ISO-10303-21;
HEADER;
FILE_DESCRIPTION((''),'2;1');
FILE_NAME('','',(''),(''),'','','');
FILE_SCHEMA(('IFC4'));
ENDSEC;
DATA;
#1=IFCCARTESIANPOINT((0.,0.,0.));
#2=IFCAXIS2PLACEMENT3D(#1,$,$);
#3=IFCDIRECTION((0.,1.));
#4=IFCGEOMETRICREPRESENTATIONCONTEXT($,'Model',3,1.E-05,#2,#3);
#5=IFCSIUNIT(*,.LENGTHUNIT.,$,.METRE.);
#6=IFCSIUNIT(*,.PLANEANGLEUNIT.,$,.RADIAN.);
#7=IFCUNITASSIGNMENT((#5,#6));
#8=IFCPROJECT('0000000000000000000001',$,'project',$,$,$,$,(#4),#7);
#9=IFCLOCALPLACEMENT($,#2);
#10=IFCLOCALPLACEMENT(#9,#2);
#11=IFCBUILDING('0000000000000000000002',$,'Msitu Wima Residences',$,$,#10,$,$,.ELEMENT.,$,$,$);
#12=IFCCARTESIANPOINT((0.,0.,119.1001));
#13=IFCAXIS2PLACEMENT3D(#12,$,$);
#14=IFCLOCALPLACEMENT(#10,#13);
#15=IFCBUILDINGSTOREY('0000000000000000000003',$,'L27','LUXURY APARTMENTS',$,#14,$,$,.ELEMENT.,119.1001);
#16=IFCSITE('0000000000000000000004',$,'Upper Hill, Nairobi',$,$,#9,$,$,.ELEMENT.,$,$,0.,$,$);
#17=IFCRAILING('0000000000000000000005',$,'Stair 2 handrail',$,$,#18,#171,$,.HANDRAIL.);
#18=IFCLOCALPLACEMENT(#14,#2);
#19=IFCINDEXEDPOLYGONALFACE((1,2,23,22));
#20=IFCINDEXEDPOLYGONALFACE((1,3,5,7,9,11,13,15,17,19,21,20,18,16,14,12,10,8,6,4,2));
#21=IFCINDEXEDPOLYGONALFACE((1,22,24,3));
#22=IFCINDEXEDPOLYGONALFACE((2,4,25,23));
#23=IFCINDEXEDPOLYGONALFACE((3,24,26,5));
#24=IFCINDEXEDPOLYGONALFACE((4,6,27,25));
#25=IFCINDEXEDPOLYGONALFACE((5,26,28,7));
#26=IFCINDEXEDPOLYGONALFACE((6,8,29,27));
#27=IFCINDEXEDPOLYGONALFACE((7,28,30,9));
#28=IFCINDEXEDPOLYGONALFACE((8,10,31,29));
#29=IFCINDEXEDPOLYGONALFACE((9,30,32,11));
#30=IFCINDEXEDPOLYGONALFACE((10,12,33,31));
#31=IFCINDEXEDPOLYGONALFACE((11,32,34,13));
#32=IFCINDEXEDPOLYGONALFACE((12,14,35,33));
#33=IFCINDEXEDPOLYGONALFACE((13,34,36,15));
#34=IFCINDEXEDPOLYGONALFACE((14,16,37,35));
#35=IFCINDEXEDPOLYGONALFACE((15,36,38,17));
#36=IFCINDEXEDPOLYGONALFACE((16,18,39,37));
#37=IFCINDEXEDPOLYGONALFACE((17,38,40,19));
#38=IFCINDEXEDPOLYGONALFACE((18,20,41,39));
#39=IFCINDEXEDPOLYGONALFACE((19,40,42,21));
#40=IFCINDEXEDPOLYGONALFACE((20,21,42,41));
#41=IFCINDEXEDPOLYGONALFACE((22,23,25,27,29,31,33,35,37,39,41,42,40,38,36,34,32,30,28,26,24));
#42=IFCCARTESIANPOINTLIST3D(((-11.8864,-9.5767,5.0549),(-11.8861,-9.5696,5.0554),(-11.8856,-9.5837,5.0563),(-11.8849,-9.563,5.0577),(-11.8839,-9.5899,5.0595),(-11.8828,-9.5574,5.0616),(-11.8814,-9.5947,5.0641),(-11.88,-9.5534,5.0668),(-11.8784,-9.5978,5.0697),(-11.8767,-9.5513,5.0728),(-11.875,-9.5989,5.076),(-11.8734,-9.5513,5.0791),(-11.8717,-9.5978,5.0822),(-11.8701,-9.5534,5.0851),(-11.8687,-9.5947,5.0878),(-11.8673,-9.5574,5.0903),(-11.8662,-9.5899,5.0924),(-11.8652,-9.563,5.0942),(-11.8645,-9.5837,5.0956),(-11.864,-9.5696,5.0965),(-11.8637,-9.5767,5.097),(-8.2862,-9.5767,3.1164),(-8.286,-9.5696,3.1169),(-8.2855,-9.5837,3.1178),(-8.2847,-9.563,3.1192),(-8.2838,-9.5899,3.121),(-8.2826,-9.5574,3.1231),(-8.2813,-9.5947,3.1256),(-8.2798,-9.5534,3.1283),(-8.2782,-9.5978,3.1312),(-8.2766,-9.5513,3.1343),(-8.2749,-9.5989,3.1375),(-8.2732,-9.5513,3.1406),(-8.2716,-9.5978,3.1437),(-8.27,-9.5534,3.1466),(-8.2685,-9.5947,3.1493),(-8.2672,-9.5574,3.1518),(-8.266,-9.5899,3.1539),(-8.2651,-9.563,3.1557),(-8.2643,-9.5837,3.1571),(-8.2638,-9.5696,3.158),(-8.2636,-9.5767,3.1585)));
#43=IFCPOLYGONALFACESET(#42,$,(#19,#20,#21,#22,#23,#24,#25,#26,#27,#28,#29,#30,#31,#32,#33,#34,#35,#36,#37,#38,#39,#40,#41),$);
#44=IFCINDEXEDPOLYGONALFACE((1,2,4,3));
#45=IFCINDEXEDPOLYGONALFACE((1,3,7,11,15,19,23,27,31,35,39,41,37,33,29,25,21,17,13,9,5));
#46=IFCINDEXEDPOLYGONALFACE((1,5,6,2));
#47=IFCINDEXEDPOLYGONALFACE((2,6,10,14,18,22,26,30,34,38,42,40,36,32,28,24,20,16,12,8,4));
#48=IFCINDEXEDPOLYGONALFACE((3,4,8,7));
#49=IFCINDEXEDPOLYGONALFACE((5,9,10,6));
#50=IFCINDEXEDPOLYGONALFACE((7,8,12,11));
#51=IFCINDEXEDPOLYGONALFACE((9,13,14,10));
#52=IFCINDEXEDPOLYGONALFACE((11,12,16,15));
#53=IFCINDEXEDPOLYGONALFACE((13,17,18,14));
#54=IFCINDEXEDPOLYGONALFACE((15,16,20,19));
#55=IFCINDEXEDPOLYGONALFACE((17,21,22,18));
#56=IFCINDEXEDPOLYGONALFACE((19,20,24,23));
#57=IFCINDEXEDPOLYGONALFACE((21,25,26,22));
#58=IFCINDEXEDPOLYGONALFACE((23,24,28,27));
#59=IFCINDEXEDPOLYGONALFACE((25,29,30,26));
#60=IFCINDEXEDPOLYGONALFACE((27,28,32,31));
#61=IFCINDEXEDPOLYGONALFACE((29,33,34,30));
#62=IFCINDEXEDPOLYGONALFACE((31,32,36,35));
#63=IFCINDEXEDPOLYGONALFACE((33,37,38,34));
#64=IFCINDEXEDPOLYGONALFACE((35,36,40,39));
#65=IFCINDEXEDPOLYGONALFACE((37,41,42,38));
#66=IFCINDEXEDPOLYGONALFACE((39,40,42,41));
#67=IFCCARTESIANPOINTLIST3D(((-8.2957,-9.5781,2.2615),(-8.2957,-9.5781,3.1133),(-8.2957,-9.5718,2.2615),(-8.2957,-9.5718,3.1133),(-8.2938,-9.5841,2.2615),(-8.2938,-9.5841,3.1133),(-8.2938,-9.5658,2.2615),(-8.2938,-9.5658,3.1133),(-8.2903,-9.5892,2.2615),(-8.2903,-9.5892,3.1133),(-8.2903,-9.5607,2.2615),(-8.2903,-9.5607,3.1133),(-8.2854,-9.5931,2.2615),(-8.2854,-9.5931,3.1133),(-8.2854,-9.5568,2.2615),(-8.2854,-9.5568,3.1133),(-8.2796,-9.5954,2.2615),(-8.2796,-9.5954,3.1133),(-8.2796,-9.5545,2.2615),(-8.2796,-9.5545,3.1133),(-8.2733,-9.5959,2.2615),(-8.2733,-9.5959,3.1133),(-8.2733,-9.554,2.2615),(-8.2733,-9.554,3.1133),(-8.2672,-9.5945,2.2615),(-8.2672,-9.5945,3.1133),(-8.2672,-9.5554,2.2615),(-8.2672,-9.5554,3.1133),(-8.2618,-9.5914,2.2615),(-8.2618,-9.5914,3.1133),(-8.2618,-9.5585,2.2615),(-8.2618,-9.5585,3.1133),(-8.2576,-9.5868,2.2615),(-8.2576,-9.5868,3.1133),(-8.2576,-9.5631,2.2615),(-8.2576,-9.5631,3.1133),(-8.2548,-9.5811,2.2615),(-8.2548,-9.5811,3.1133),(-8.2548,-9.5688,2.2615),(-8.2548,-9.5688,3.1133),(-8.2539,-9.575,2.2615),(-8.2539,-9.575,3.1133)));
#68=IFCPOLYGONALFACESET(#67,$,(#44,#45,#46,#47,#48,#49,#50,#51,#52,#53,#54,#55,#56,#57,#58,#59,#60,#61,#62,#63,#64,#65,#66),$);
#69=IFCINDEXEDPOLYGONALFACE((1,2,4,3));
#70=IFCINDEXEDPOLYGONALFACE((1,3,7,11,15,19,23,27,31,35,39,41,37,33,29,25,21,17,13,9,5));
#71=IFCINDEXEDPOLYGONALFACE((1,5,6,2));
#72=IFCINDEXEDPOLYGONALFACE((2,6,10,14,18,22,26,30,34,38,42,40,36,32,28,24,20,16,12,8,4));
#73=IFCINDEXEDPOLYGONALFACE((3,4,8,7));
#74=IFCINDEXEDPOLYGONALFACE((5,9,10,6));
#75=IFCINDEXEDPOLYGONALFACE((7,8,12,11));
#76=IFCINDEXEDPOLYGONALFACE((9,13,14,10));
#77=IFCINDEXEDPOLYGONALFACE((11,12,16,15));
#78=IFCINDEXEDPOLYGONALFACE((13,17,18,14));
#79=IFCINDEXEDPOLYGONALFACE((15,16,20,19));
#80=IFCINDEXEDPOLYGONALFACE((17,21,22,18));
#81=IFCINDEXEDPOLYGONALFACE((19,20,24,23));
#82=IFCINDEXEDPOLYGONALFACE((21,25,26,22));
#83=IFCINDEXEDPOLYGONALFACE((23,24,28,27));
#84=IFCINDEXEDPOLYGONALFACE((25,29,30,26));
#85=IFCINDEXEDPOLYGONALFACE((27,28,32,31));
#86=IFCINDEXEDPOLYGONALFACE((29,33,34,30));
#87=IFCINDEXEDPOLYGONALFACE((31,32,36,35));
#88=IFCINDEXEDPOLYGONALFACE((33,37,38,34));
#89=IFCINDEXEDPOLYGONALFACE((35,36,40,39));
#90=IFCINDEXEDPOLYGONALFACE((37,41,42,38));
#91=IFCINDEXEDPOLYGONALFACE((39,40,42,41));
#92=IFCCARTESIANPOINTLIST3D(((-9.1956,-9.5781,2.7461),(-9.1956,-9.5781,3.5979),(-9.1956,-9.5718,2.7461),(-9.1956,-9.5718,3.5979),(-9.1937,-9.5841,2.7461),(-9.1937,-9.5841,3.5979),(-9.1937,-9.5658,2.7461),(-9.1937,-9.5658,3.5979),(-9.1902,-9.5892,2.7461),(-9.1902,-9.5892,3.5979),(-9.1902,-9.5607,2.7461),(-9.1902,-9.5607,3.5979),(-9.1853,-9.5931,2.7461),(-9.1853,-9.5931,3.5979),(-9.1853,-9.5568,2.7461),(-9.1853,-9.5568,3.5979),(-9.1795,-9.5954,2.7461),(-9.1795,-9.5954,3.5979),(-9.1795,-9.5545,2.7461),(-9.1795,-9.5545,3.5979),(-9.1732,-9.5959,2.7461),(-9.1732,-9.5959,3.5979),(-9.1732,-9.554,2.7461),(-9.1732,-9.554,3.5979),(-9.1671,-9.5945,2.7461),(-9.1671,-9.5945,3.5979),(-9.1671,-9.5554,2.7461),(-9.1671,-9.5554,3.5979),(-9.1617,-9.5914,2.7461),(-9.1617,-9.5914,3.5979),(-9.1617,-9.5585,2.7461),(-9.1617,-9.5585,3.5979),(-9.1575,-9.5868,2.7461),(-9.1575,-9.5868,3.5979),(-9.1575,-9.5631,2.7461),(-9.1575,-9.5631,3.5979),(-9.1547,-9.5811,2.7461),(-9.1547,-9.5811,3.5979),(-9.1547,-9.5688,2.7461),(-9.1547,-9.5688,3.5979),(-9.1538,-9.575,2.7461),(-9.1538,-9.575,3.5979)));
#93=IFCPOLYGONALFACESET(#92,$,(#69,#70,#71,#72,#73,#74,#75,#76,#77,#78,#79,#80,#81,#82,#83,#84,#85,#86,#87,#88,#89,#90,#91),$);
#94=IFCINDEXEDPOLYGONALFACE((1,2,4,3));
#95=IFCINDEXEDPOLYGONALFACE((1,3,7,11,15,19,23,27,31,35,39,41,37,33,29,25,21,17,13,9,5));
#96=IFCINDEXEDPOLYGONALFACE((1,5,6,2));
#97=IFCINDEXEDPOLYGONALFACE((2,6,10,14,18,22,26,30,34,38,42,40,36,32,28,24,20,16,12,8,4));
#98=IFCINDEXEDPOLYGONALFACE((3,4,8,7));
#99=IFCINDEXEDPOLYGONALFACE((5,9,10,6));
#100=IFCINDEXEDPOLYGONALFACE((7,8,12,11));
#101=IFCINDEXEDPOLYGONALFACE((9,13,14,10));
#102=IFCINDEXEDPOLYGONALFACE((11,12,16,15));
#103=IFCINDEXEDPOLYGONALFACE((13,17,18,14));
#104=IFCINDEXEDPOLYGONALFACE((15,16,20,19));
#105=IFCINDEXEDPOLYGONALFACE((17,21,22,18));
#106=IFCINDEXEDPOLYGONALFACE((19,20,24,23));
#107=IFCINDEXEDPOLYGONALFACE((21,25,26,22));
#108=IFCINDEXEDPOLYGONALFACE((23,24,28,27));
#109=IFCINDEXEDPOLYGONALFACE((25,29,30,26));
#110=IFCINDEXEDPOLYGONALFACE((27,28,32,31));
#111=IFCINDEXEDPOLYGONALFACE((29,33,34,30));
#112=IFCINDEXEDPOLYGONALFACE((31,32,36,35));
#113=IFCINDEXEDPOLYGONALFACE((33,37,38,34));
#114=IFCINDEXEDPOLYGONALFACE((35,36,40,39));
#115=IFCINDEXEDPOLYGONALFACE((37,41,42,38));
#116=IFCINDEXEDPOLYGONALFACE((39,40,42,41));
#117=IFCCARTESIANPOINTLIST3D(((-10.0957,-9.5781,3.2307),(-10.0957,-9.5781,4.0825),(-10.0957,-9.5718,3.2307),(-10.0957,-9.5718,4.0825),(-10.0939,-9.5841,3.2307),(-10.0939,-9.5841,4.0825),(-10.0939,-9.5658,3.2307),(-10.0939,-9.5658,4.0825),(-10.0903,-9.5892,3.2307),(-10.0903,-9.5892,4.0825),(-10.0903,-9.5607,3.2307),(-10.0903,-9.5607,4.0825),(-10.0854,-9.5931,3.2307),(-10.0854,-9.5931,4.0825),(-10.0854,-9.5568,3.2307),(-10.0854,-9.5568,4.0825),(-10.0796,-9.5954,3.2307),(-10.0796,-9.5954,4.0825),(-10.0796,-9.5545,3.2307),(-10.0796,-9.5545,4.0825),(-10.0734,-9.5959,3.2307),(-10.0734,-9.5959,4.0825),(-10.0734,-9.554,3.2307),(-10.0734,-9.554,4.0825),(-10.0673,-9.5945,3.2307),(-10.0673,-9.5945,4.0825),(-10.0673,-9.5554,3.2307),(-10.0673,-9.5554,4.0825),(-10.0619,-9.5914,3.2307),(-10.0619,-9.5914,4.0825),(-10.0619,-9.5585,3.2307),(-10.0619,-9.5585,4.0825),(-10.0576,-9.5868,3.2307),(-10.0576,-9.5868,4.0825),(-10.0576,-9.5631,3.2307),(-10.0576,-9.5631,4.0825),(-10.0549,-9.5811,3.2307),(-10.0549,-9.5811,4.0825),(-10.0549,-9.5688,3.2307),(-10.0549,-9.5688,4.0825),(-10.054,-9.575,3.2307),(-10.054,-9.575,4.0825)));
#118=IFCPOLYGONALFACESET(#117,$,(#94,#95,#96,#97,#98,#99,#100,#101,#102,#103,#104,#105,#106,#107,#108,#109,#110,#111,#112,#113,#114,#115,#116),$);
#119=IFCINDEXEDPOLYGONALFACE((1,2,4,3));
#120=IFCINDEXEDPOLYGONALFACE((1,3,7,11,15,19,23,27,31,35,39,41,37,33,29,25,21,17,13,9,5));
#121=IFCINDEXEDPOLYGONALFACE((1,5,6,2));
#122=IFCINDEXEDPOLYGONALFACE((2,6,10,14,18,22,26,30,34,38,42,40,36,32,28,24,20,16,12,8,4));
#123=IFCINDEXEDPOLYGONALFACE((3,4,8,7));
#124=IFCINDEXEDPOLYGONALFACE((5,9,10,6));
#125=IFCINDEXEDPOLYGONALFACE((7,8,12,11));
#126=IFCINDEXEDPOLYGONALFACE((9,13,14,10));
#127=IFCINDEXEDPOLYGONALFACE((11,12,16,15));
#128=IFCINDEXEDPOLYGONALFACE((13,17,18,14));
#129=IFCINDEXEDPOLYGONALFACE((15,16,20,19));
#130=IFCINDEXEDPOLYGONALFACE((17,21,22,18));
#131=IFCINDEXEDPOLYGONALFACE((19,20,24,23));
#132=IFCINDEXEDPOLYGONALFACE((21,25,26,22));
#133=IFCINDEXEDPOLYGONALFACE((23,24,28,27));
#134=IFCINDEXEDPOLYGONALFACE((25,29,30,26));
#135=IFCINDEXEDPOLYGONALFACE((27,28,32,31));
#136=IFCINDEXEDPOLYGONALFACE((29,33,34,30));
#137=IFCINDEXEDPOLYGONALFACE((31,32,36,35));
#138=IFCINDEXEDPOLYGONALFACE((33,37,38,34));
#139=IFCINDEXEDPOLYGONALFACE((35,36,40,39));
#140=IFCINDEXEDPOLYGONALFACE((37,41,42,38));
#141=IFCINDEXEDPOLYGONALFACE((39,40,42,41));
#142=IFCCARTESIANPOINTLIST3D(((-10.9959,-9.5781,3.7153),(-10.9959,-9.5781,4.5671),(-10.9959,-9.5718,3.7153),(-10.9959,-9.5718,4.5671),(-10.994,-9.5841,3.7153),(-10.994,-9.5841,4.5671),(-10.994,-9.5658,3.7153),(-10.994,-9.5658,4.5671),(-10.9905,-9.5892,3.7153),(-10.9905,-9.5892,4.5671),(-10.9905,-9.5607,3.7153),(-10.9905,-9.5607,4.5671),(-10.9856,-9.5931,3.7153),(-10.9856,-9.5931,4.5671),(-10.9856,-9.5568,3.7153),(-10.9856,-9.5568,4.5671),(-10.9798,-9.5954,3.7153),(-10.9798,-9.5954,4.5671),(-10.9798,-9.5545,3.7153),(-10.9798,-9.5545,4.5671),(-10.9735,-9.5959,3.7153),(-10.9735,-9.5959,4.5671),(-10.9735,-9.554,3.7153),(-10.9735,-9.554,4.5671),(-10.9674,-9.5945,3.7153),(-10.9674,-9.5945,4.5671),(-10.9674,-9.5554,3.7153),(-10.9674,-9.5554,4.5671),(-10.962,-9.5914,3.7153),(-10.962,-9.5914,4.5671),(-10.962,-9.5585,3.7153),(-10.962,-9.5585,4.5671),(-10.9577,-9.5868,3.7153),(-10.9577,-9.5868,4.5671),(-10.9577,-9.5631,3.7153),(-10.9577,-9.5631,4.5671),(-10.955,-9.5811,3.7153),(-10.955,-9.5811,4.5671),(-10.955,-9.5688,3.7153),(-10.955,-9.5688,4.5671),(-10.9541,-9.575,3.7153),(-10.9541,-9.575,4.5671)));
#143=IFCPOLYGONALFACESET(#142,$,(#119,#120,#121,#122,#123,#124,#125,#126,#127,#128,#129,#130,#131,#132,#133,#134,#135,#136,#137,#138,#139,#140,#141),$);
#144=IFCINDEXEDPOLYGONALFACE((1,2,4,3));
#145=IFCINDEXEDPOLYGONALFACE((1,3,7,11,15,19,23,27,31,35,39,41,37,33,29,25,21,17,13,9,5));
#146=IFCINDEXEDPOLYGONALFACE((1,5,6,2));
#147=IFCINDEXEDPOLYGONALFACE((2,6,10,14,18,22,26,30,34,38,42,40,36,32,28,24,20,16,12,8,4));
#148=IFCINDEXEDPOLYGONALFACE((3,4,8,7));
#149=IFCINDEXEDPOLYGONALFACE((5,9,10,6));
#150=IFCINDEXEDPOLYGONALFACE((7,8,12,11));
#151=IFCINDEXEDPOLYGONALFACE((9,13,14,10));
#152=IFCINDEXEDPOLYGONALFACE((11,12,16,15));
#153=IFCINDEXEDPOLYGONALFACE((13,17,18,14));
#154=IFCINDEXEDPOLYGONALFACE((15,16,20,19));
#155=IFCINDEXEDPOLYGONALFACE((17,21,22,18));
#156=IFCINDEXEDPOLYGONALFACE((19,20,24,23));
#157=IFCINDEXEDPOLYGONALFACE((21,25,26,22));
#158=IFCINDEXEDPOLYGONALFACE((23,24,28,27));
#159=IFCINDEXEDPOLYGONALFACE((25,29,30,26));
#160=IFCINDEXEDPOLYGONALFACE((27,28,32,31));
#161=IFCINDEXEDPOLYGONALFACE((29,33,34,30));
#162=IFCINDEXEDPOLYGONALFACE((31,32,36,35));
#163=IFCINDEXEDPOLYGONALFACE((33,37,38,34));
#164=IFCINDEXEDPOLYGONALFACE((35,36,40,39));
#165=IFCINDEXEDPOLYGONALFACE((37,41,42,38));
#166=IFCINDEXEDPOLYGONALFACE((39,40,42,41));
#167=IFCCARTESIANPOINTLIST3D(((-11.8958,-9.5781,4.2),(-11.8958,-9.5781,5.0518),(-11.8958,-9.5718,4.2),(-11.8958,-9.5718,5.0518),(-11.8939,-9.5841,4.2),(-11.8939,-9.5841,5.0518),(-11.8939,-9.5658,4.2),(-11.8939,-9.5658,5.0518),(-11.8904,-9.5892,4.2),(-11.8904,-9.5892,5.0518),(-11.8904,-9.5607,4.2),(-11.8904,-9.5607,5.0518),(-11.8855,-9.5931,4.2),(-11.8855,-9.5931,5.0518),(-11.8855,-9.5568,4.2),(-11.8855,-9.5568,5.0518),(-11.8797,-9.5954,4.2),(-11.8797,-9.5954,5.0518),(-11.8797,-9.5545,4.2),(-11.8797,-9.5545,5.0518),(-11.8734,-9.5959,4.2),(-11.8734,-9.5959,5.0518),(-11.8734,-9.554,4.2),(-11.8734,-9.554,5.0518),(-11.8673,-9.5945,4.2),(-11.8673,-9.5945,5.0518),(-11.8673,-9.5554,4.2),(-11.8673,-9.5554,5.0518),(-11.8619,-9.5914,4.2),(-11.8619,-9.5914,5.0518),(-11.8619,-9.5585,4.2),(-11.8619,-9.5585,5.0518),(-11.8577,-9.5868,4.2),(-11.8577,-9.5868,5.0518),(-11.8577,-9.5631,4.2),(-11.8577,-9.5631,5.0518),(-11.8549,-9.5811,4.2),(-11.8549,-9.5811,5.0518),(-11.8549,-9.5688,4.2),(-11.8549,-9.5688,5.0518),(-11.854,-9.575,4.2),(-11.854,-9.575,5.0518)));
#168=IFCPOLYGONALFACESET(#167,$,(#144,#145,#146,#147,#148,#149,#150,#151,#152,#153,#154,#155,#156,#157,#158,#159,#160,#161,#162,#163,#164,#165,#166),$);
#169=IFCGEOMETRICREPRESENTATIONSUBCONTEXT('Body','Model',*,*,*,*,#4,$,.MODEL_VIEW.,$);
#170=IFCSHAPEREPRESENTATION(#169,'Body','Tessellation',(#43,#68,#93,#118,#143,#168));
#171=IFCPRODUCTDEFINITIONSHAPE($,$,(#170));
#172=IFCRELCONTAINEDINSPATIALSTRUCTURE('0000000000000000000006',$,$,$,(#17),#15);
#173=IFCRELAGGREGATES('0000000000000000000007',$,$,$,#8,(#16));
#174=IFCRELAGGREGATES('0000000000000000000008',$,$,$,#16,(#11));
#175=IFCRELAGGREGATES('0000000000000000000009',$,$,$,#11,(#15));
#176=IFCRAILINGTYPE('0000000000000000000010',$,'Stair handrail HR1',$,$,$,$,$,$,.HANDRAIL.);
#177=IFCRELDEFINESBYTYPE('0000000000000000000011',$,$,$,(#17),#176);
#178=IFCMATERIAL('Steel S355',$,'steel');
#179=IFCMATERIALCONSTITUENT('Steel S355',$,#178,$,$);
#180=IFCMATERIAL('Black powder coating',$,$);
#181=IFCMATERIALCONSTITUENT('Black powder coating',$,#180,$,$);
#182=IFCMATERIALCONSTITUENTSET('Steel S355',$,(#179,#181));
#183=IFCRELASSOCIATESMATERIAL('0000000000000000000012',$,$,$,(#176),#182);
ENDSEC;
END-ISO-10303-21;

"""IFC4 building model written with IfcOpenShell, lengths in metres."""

from ifc_helpers import new_model, si_unit, direction, frame, origin, origin_2d, place, context, subcontext, project, spatial, circle, extrude, material, constituent, constituent_set, type_object, element, save


model = new_model("IFC4")

# Units and contexts
model_context = context("Model", 3, precision=1e-05, world=origin(), true_north=direction((0.0, 1.0)))
body_context = subcontext(model_context, "Body", "Model", "MODEL_VIEW")
ifc_project = project(units=[si_unit("LENGTHUNIT", "METRE"), si_unit("PLANEANGLEUNIT", "RADIAN")], contexts=[model_context])

# Site, building, storey
site_placement = place(None, origin())
site = spatial("IfcSite", under=ifc_project, at=site_placement, Name="Upper Hill, Nairobi", CompositionType="ELEMENT", RefElevation=0.0)
building_placement = place(site_placement, origin())
building = spatial("IfcBuilding", under=site, at=building_placement, Name="Msitu Wima Residences", CompositionType="ELEMENT")
storey_placement = place(building_placement, frame((0.0, 0.0, 119.1001)))
storey = spatial("IfcBuildingStorey", under=building, at=storey_placement, Name="L27", Description="LUXURY APARTMENTS", CompositionType="ELEMENT", Elevation=119.1001)

# Railing
ifc_material_1 = material(Name="Steel S355", Category="steel")
ifc_constituent_1 = constituent(ifc_material_1, Name="Steel S355")
ifc_material_2 = material(Name="Black powder coating")
ifc_constituent_2 = constituent(ifc_material_2, Name="Black powder coating")
ifc_constituent_set = constituent_set(constituents=[ifc_constituent_1, ifc_constituent_2], Name="Steel S355")
railing_type = type_object("IfcRailingType", Name="Stair handrail HR1", PredefinedType="HANDRAIL", material=ifc_constituent_set)
for number, where, name in (
    (1, (-8.2749, -9.575, 2.2615), "Stair 2 handrail"),
):
    element("IfcRailing", number, at=place(storey_placement, frame(where)), inside=storey, type_object=railing_type, Name=name, PredefinedType="HANDRAIL", context=body_context, shape_type="SweptSolid", body=[
        extrude(circle(Radius=0.0239, at=origin_2d()), frame((0.0, 0.0, 0.876), z_axis=(-0.880475, 0.0, 0.474093), x_axis=(0.0, -1.0, 0.0)), (0.0, 0.0, 1.0), 4.0889),
        extrude(circle(Radius=0.021, at=origin_2d()), origin(), (0.0, 0.0, 1.0), 0.8518),
        extrude(circle(Radius=0.021, at=origin_2d()), frame((-0.8999, 0.0, 0.4846)), (0.0, 0.0, 1.0), 0.8518),
        extrude(circle(Radius=0.021, at=origin_2d()), frame((-1.8, 0.0, 0.9692)), (0.0, 0.0, 1.0), 0.8518),
        extrude(circle(Radius=0.021, at=origin_2d()), frame((-2.7002, 0.0, 1.4539)), (0.0, 0.0, 1.0), 0.8518),
        extrude(circle(Radius=0.021, at=origin_2d()), frame((-3.6001, 0.0, 1.9385)), (0.0, 0.0, 1.0), 0.8518),
    ])

save(model, "model.ifc")
